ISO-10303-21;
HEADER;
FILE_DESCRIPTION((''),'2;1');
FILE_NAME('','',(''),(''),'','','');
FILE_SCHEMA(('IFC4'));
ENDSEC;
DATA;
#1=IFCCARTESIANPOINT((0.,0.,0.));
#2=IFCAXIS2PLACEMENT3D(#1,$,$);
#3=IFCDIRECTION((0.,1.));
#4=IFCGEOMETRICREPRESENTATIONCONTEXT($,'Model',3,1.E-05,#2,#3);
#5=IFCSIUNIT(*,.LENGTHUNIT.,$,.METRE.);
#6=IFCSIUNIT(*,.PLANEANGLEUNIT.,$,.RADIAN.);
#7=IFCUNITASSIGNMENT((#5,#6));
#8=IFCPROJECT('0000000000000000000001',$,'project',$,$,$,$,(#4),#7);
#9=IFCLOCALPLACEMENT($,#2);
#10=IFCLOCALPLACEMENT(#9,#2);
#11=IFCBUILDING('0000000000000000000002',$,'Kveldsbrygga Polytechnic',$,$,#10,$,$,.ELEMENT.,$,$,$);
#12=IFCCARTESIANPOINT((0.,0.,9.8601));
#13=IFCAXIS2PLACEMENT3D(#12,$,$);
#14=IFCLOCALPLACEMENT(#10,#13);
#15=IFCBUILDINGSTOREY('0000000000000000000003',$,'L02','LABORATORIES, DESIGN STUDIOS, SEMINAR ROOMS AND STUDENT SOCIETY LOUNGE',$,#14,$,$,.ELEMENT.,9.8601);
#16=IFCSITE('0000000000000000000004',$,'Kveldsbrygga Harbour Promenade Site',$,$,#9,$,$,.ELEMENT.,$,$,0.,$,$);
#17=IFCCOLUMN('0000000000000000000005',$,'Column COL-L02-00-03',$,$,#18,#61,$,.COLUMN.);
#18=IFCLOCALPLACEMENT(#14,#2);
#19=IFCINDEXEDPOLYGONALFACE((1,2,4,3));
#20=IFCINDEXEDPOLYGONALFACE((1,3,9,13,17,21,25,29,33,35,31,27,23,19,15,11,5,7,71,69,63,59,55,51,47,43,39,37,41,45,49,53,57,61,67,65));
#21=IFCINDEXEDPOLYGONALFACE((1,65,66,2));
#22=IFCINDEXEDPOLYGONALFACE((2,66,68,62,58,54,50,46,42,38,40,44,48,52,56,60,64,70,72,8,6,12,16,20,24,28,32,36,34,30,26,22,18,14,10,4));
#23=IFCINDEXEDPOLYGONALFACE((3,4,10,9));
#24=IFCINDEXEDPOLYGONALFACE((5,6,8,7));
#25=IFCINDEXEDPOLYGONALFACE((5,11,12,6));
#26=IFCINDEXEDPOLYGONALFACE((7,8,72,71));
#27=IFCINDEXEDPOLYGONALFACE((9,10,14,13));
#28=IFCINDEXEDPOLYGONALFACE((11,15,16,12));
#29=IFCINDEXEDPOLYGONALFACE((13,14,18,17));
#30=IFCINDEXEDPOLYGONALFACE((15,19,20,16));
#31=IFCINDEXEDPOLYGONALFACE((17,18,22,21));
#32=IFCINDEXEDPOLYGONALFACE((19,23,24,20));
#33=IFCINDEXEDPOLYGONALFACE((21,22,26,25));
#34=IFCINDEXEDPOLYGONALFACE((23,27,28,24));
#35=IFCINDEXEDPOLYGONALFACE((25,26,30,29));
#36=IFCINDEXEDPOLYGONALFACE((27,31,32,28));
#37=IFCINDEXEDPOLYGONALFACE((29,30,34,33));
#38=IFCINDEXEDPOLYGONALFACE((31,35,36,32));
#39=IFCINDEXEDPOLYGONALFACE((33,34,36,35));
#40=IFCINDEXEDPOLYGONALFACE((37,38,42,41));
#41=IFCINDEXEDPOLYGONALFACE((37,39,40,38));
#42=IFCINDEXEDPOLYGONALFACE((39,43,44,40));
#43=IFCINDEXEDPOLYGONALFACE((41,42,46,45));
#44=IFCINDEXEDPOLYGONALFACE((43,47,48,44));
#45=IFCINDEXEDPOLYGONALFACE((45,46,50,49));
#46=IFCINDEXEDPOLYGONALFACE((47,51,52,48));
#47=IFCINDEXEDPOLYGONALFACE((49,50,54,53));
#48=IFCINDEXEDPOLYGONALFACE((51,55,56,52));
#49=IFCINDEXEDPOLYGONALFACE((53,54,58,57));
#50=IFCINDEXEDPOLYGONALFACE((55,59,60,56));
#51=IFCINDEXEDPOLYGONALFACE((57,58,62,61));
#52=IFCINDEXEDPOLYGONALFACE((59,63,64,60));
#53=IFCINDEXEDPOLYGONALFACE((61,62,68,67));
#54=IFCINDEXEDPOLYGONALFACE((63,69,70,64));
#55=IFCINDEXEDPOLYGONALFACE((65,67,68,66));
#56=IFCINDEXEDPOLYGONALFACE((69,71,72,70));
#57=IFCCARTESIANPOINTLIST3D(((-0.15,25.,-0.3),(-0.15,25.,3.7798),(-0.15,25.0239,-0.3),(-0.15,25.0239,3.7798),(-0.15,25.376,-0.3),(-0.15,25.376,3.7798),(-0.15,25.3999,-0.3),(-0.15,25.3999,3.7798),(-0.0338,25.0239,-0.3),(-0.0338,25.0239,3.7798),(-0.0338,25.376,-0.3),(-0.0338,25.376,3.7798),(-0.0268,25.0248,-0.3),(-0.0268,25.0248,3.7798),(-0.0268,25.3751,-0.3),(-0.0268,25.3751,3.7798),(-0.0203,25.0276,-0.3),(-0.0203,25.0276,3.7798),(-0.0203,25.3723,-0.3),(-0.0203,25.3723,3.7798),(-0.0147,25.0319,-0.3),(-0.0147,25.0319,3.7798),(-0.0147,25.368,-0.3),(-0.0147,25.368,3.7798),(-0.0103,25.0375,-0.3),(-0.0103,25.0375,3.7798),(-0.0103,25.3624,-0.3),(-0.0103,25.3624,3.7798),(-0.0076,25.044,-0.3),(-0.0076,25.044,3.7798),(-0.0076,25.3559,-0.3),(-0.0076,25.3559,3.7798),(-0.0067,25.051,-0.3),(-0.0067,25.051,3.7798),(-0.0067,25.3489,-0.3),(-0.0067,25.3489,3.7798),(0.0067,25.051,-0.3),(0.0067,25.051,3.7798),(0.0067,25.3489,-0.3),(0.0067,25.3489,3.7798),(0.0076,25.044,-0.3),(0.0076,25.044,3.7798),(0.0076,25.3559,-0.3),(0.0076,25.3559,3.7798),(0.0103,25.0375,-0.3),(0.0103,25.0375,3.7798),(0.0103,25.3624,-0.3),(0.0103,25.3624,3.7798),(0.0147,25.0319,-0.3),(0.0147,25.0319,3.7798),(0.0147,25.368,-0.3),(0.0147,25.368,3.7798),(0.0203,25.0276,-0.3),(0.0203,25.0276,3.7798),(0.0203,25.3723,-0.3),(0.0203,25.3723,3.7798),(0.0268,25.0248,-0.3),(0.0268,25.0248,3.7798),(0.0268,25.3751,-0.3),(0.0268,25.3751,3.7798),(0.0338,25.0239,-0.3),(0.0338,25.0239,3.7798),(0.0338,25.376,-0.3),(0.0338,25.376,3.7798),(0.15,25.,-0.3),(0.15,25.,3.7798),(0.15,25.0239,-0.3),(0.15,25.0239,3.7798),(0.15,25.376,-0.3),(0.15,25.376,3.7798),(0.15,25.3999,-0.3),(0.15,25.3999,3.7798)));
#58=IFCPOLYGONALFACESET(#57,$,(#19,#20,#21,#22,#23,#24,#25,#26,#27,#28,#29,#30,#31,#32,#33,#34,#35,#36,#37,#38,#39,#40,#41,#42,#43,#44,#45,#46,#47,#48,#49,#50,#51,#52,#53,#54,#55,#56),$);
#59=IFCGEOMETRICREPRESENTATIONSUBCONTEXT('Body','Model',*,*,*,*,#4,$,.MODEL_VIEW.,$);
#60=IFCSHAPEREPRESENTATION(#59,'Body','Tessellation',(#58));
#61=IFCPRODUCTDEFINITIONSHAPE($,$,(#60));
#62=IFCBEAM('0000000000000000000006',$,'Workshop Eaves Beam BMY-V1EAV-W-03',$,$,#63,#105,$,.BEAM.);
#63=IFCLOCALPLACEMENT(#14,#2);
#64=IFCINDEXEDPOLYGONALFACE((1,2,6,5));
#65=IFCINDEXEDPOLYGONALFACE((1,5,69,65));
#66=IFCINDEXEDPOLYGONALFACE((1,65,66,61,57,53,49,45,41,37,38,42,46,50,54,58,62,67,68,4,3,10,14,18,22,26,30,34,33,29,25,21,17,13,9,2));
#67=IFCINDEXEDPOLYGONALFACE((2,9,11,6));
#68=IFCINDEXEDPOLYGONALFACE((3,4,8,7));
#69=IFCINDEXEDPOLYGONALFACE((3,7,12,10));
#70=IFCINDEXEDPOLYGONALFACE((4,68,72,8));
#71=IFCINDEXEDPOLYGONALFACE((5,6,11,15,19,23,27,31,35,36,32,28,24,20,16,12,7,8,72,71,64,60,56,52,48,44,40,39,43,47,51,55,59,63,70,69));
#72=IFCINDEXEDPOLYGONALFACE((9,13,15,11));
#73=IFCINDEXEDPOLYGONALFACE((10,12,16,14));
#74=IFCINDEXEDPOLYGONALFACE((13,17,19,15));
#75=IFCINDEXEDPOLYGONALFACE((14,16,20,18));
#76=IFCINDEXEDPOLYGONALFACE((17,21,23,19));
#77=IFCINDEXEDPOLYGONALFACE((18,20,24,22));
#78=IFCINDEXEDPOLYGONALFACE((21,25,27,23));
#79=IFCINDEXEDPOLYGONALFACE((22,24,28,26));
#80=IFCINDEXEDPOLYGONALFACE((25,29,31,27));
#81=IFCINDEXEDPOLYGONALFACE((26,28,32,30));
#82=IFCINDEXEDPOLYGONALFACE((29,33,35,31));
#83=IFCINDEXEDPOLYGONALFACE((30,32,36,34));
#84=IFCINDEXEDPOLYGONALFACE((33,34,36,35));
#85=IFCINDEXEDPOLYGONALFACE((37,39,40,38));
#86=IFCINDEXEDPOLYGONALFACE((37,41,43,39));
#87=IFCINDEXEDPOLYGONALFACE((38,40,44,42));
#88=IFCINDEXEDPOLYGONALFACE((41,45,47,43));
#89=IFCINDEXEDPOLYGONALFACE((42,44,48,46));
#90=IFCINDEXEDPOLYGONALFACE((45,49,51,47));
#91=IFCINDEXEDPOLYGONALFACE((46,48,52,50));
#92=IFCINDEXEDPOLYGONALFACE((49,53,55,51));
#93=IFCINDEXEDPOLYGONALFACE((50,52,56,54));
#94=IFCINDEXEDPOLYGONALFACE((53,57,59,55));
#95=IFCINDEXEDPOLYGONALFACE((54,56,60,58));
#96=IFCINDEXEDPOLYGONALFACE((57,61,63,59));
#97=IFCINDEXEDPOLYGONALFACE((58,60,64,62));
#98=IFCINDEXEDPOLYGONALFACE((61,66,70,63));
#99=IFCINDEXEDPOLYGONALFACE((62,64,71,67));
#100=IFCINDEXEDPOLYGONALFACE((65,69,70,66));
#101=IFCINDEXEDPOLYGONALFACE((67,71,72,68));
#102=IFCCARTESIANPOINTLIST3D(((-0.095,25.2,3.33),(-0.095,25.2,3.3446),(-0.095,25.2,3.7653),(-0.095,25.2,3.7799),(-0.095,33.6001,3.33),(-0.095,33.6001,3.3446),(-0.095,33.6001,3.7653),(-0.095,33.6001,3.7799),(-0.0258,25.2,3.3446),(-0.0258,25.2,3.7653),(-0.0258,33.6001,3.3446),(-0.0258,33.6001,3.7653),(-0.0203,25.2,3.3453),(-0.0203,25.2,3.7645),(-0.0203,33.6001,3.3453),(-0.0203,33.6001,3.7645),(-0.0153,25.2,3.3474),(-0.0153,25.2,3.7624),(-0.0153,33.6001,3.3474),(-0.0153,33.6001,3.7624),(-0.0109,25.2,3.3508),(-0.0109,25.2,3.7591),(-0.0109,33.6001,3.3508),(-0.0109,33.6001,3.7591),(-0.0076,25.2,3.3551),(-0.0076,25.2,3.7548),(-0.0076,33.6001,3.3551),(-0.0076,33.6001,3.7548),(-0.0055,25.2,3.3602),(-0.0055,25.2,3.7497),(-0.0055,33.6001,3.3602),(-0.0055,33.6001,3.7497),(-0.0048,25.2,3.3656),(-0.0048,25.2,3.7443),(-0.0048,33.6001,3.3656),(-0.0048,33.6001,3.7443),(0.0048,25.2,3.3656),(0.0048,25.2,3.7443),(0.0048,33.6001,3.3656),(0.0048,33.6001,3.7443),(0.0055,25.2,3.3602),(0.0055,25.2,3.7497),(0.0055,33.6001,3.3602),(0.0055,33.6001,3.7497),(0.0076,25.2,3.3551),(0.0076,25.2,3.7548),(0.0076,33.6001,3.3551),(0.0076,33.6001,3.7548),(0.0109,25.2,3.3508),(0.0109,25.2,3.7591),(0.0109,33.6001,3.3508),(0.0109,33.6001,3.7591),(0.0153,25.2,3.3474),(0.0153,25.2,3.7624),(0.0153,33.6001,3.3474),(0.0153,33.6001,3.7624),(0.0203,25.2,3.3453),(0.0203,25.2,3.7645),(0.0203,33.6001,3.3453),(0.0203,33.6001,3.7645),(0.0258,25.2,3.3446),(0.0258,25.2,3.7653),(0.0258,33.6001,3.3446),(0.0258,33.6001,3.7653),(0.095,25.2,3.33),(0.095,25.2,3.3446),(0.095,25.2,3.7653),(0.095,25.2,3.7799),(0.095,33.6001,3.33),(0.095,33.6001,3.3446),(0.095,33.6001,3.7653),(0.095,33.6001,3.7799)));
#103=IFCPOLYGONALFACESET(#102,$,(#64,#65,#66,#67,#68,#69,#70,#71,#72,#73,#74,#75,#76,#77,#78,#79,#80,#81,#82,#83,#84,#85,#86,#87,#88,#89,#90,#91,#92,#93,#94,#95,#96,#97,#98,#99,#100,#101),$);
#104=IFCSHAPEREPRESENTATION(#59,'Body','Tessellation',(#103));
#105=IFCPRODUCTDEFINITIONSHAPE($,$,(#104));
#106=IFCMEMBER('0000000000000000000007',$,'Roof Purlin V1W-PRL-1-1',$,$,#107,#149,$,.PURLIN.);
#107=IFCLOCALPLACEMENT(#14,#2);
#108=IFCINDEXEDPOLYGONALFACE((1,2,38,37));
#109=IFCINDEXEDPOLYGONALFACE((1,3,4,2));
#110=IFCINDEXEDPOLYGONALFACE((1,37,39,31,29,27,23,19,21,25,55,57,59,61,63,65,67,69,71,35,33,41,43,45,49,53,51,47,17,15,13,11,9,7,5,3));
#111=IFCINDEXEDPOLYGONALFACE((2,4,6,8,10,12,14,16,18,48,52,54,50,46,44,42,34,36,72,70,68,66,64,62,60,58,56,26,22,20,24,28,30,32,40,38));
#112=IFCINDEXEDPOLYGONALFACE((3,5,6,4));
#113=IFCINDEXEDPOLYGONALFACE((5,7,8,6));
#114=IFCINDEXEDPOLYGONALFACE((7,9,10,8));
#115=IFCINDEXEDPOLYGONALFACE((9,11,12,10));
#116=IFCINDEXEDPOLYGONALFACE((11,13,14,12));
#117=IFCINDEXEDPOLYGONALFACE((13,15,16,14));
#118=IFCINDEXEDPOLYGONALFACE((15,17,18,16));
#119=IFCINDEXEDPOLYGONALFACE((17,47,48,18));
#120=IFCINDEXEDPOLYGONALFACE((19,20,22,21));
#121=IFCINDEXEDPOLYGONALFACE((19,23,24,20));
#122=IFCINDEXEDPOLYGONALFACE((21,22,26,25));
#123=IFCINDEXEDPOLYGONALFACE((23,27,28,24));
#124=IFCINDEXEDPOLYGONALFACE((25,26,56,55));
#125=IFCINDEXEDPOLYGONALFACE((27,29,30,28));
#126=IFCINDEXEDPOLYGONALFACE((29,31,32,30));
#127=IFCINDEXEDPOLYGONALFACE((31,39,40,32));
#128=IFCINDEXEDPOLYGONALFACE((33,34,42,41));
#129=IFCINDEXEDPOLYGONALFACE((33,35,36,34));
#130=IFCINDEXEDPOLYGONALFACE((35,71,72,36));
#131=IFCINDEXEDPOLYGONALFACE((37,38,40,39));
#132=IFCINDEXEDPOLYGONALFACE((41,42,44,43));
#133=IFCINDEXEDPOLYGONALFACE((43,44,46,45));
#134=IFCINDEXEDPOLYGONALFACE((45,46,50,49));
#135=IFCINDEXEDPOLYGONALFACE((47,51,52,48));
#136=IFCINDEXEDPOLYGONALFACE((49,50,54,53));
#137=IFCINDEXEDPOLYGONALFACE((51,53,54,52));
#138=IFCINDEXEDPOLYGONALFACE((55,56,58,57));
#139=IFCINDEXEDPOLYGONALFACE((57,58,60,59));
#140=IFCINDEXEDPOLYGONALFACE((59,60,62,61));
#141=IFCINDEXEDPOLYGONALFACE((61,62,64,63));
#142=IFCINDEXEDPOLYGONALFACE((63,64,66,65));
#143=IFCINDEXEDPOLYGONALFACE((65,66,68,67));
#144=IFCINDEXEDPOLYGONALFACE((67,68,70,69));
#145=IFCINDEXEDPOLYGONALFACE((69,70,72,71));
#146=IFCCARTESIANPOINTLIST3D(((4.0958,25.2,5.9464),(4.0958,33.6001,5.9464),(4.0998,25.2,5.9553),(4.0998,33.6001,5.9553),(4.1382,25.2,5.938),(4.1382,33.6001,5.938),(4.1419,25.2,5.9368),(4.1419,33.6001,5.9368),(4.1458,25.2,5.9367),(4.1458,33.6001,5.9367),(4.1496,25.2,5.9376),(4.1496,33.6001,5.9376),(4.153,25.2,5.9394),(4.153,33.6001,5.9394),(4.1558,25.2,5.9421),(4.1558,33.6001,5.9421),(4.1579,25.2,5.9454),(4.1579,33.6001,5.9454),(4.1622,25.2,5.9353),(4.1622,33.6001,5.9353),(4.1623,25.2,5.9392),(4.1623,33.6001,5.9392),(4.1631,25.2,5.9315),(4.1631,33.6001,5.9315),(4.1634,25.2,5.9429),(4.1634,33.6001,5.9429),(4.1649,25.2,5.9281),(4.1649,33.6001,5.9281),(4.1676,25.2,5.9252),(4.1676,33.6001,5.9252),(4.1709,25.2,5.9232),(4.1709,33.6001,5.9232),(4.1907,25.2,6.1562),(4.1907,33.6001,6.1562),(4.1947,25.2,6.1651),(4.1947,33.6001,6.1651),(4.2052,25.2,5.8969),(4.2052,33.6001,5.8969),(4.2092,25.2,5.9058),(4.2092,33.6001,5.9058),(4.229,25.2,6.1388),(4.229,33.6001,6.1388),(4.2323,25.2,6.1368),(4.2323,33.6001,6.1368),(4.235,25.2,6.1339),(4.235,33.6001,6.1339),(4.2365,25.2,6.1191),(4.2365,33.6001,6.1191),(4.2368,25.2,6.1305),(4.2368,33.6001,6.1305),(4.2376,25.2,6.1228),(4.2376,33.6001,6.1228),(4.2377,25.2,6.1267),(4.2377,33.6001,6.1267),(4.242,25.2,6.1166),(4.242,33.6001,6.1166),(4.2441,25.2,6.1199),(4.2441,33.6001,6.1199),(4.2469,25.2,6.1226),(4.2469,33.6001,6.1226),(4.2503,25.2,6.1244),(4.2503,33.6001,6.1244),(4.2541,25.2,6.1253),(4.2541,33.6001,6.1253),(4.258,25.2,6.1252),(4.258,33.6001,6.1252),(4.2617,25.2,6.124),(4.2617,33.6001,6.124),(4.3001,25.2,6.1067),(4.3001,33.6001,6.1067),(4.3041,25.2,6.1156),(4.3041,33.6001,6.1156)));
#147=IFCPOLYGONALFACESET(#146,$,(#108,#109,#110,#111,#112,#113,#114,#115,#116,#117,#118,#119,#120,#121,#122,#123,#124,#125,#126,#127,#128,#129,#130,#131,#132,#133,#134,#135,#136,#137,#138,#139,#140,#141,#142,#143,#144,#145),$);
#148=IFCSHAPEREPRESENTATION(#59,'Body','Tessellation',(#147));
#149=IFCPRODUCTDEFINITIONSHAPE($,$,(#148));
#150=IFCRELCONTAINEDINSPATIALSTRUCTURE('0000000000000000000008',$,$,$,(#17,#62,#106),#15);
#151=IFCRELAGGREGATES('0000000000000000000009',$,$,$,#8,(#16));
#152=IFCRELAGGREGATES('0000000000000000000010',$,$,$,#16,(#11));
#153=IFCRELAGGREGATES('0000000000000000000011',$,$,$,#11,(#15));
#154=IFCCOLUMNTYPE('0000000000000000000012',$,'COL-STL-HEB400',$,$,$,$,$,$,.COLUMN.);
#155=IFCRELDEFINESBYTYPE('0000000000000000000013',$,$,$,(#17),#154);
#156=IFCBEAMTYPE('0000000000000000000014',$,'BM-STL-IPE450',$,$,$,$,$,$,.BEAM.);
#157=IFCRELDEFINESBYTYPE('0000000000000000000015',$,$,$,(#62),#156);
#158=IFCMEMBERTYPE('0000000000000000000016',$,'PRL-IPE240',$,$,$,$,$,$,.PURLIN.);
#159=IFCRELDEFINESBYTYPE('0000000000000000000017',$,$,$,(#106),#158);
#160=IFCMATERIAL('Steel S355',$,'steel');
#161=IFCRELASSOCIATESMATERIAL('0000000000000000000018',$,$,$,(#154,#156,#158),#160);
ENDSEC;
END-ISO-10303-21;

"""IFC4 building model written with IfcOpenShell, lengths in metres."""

from ifc_helpers import new_model, si_unit, direction, frame, origin, origin_2d, place, context, subcontext, project, spatial, i_section, extrude, material, material_profile, profile_set, type_object, element, save


model = new_model("IFC4")

# Units and contexts
model_context = context("Model", 3, precision=1e-05, world=origin(), true_north=direction((0.0, 1.0)))
body_context = subcontext(model_context, "Body", "Model", "MODEL_VIEW")
ifc_project = project(units=[si_unit("LENGTHUNIT", "METRE"), si_unit("PLANEANGLEUNIT", "RADIAN")], contexts=[model_context])

# Site, building, storey
site_placement = place(None, origin())
site = spatial("IfcSite", under=ifc_project, at=site_placement, Name="Kveldsbrygga Harbour Promenade Site", CompositionType="ELEMENT", RefElevation=0.0)
building_placement = place(site_placement, origin())
building = spatial("IfcBuilding", under=site, at=building_placement, Name="Kveldsbrygga Polytechnic", CompositionType="ELEMENT")
storey_placement = place(building_placement, frame((0.0, 0.0, 9.8601)))
storey = spatial("IfcBuildingStorey", under=building, at=storey_placement, Name="L02", Description="LABORATORIES, DESIGN STUDIOS, SEMINAR ROOMS AND STUDENT SOCIETY LOUNGE", CompositionType="ELEMENT", Elevation=9.8601)

# Column
ifc_material_1 = material(Name="Steel S355", Category="steel")
ifc_material_profile_1 = material_profile(ifc_material_1, i_section(OverallWidth=0.3, OverallDepth=0.3999, WebThickness=0.0134, FlangeThickness=0.0239, FilletRadius=0.0271, at=origin_2d()), Name="HEB 400")
ifc_profile_set_1 = profile_set([ifc_material_profile_1], Name="Steel S355")
column_type = type_object("IfcColumnType", Name="COL-STL-HEB400", PredefinedType="COLUMN", material=ifc_profile_set_1)
column_placement = place(storey_placement, frame((0.0, 25.2, -0.3), z_axis=(0.0, 0.0, 1.0), x_axis=(1.0, 0.0, 0.0)))
element("IfcColumn", 1, at=column_placement, inside=storey, type_object=column_type, Name="Column COL-L02-00-03", PredefinedType="COLUMN", context=body_context, shape_type="SweptSolid", body=[
    extrude(i_section(OverallWidth=0.3, OverallDepth=0.3999, WebThickness=0.0134, FlangeThickness=0.0239, FilletRadius=0.0271, at=origin_2d()), origin(), (0.0, 0.0, 1.0), 4.0798),
])

# Beam
ifc_material_profile_2 = material_profile(ifc_material_1, i_section(OverallWidth=0.1899, OverallDepth=0.45, WebThickness=0.0095, FlangeThickness=0.0146, FilletRadius=0.021, at=origin_2d()), Name="IPE 450")
ifc_profile_set_2 = profile_set([ifc_material_profile_2], Name="Steel S355")
beam_type = type_object("IfcBeamType", Name="BM-STL-IPE450", PredefinedType="BEAM", material=ifc_profile_set_2)
beam_placement = place(storey_placement, frame((0.0, 25.2, 3.5549), z_axis=(0.0, 1.0, 0.0), x_axis=(-1.0, 0.0, 0.0)))
element("IfcBeam", 2, at=beam_placement, inside=storey, type_object=beam_type, Name="Workshop Eaves Beam BMY-V1EAV-W-03", PredefinedType="BEAM", context=body_context, shape_type="SweptSolid", body=[
    extrude(i_section(OverallWidth=0.1899, OverallDepth=0.45, WebThickness=0.0095, FlangeThickness=0.0146, FilletRadius=0.021, at=origin_2d()), origin(), (0.0, 0.0, 1.0), 8.4001),
])

# Member
ifc_material_profile_3 = material_profile(ifc_material_1, i_section(OverallWidth=0.1201, OverallDepth=0.24, WebThickness=0.0061, FlangeThickness=0.0098, FilletRadius=0.0149, at=origin_2d()), Name="IPE 240")
ifc_profile_set_3 = profile_set([ifc_material_profile_3], Name="Steel S355")
member_type_1 = type_object("IfcMemberType", Name="PRL-IPE240", PredefinedType="PURLIN", material=ifc_profile_set_3)
member_1_placement = place(storey_placement, frame((4.2, 25.2, 6.031), z_axis=(0.0, 1.0, 0.0), x_axis=(-0.911108, 0.0, 0.412168)))
element("IfcMember", 3, at=member_1_placement, inside=storey, type_object=member_type_1, Name="Roof Purlin V1W-PRL-1-1", PredefinedType="PURLIN", context=body_context, shape_type="SweptSolid", body=[
    extrude(i_section(OverallWidth=0.1201, OverallDepth=0.24, WebThickness=0.0061, FlangeThickness=0.0098, FilletRadius=0.0149, at=origin_2d()), origin(), (0.0, 0.0, 1.0), 8.4001),
])

save(model, "model.ifc")
